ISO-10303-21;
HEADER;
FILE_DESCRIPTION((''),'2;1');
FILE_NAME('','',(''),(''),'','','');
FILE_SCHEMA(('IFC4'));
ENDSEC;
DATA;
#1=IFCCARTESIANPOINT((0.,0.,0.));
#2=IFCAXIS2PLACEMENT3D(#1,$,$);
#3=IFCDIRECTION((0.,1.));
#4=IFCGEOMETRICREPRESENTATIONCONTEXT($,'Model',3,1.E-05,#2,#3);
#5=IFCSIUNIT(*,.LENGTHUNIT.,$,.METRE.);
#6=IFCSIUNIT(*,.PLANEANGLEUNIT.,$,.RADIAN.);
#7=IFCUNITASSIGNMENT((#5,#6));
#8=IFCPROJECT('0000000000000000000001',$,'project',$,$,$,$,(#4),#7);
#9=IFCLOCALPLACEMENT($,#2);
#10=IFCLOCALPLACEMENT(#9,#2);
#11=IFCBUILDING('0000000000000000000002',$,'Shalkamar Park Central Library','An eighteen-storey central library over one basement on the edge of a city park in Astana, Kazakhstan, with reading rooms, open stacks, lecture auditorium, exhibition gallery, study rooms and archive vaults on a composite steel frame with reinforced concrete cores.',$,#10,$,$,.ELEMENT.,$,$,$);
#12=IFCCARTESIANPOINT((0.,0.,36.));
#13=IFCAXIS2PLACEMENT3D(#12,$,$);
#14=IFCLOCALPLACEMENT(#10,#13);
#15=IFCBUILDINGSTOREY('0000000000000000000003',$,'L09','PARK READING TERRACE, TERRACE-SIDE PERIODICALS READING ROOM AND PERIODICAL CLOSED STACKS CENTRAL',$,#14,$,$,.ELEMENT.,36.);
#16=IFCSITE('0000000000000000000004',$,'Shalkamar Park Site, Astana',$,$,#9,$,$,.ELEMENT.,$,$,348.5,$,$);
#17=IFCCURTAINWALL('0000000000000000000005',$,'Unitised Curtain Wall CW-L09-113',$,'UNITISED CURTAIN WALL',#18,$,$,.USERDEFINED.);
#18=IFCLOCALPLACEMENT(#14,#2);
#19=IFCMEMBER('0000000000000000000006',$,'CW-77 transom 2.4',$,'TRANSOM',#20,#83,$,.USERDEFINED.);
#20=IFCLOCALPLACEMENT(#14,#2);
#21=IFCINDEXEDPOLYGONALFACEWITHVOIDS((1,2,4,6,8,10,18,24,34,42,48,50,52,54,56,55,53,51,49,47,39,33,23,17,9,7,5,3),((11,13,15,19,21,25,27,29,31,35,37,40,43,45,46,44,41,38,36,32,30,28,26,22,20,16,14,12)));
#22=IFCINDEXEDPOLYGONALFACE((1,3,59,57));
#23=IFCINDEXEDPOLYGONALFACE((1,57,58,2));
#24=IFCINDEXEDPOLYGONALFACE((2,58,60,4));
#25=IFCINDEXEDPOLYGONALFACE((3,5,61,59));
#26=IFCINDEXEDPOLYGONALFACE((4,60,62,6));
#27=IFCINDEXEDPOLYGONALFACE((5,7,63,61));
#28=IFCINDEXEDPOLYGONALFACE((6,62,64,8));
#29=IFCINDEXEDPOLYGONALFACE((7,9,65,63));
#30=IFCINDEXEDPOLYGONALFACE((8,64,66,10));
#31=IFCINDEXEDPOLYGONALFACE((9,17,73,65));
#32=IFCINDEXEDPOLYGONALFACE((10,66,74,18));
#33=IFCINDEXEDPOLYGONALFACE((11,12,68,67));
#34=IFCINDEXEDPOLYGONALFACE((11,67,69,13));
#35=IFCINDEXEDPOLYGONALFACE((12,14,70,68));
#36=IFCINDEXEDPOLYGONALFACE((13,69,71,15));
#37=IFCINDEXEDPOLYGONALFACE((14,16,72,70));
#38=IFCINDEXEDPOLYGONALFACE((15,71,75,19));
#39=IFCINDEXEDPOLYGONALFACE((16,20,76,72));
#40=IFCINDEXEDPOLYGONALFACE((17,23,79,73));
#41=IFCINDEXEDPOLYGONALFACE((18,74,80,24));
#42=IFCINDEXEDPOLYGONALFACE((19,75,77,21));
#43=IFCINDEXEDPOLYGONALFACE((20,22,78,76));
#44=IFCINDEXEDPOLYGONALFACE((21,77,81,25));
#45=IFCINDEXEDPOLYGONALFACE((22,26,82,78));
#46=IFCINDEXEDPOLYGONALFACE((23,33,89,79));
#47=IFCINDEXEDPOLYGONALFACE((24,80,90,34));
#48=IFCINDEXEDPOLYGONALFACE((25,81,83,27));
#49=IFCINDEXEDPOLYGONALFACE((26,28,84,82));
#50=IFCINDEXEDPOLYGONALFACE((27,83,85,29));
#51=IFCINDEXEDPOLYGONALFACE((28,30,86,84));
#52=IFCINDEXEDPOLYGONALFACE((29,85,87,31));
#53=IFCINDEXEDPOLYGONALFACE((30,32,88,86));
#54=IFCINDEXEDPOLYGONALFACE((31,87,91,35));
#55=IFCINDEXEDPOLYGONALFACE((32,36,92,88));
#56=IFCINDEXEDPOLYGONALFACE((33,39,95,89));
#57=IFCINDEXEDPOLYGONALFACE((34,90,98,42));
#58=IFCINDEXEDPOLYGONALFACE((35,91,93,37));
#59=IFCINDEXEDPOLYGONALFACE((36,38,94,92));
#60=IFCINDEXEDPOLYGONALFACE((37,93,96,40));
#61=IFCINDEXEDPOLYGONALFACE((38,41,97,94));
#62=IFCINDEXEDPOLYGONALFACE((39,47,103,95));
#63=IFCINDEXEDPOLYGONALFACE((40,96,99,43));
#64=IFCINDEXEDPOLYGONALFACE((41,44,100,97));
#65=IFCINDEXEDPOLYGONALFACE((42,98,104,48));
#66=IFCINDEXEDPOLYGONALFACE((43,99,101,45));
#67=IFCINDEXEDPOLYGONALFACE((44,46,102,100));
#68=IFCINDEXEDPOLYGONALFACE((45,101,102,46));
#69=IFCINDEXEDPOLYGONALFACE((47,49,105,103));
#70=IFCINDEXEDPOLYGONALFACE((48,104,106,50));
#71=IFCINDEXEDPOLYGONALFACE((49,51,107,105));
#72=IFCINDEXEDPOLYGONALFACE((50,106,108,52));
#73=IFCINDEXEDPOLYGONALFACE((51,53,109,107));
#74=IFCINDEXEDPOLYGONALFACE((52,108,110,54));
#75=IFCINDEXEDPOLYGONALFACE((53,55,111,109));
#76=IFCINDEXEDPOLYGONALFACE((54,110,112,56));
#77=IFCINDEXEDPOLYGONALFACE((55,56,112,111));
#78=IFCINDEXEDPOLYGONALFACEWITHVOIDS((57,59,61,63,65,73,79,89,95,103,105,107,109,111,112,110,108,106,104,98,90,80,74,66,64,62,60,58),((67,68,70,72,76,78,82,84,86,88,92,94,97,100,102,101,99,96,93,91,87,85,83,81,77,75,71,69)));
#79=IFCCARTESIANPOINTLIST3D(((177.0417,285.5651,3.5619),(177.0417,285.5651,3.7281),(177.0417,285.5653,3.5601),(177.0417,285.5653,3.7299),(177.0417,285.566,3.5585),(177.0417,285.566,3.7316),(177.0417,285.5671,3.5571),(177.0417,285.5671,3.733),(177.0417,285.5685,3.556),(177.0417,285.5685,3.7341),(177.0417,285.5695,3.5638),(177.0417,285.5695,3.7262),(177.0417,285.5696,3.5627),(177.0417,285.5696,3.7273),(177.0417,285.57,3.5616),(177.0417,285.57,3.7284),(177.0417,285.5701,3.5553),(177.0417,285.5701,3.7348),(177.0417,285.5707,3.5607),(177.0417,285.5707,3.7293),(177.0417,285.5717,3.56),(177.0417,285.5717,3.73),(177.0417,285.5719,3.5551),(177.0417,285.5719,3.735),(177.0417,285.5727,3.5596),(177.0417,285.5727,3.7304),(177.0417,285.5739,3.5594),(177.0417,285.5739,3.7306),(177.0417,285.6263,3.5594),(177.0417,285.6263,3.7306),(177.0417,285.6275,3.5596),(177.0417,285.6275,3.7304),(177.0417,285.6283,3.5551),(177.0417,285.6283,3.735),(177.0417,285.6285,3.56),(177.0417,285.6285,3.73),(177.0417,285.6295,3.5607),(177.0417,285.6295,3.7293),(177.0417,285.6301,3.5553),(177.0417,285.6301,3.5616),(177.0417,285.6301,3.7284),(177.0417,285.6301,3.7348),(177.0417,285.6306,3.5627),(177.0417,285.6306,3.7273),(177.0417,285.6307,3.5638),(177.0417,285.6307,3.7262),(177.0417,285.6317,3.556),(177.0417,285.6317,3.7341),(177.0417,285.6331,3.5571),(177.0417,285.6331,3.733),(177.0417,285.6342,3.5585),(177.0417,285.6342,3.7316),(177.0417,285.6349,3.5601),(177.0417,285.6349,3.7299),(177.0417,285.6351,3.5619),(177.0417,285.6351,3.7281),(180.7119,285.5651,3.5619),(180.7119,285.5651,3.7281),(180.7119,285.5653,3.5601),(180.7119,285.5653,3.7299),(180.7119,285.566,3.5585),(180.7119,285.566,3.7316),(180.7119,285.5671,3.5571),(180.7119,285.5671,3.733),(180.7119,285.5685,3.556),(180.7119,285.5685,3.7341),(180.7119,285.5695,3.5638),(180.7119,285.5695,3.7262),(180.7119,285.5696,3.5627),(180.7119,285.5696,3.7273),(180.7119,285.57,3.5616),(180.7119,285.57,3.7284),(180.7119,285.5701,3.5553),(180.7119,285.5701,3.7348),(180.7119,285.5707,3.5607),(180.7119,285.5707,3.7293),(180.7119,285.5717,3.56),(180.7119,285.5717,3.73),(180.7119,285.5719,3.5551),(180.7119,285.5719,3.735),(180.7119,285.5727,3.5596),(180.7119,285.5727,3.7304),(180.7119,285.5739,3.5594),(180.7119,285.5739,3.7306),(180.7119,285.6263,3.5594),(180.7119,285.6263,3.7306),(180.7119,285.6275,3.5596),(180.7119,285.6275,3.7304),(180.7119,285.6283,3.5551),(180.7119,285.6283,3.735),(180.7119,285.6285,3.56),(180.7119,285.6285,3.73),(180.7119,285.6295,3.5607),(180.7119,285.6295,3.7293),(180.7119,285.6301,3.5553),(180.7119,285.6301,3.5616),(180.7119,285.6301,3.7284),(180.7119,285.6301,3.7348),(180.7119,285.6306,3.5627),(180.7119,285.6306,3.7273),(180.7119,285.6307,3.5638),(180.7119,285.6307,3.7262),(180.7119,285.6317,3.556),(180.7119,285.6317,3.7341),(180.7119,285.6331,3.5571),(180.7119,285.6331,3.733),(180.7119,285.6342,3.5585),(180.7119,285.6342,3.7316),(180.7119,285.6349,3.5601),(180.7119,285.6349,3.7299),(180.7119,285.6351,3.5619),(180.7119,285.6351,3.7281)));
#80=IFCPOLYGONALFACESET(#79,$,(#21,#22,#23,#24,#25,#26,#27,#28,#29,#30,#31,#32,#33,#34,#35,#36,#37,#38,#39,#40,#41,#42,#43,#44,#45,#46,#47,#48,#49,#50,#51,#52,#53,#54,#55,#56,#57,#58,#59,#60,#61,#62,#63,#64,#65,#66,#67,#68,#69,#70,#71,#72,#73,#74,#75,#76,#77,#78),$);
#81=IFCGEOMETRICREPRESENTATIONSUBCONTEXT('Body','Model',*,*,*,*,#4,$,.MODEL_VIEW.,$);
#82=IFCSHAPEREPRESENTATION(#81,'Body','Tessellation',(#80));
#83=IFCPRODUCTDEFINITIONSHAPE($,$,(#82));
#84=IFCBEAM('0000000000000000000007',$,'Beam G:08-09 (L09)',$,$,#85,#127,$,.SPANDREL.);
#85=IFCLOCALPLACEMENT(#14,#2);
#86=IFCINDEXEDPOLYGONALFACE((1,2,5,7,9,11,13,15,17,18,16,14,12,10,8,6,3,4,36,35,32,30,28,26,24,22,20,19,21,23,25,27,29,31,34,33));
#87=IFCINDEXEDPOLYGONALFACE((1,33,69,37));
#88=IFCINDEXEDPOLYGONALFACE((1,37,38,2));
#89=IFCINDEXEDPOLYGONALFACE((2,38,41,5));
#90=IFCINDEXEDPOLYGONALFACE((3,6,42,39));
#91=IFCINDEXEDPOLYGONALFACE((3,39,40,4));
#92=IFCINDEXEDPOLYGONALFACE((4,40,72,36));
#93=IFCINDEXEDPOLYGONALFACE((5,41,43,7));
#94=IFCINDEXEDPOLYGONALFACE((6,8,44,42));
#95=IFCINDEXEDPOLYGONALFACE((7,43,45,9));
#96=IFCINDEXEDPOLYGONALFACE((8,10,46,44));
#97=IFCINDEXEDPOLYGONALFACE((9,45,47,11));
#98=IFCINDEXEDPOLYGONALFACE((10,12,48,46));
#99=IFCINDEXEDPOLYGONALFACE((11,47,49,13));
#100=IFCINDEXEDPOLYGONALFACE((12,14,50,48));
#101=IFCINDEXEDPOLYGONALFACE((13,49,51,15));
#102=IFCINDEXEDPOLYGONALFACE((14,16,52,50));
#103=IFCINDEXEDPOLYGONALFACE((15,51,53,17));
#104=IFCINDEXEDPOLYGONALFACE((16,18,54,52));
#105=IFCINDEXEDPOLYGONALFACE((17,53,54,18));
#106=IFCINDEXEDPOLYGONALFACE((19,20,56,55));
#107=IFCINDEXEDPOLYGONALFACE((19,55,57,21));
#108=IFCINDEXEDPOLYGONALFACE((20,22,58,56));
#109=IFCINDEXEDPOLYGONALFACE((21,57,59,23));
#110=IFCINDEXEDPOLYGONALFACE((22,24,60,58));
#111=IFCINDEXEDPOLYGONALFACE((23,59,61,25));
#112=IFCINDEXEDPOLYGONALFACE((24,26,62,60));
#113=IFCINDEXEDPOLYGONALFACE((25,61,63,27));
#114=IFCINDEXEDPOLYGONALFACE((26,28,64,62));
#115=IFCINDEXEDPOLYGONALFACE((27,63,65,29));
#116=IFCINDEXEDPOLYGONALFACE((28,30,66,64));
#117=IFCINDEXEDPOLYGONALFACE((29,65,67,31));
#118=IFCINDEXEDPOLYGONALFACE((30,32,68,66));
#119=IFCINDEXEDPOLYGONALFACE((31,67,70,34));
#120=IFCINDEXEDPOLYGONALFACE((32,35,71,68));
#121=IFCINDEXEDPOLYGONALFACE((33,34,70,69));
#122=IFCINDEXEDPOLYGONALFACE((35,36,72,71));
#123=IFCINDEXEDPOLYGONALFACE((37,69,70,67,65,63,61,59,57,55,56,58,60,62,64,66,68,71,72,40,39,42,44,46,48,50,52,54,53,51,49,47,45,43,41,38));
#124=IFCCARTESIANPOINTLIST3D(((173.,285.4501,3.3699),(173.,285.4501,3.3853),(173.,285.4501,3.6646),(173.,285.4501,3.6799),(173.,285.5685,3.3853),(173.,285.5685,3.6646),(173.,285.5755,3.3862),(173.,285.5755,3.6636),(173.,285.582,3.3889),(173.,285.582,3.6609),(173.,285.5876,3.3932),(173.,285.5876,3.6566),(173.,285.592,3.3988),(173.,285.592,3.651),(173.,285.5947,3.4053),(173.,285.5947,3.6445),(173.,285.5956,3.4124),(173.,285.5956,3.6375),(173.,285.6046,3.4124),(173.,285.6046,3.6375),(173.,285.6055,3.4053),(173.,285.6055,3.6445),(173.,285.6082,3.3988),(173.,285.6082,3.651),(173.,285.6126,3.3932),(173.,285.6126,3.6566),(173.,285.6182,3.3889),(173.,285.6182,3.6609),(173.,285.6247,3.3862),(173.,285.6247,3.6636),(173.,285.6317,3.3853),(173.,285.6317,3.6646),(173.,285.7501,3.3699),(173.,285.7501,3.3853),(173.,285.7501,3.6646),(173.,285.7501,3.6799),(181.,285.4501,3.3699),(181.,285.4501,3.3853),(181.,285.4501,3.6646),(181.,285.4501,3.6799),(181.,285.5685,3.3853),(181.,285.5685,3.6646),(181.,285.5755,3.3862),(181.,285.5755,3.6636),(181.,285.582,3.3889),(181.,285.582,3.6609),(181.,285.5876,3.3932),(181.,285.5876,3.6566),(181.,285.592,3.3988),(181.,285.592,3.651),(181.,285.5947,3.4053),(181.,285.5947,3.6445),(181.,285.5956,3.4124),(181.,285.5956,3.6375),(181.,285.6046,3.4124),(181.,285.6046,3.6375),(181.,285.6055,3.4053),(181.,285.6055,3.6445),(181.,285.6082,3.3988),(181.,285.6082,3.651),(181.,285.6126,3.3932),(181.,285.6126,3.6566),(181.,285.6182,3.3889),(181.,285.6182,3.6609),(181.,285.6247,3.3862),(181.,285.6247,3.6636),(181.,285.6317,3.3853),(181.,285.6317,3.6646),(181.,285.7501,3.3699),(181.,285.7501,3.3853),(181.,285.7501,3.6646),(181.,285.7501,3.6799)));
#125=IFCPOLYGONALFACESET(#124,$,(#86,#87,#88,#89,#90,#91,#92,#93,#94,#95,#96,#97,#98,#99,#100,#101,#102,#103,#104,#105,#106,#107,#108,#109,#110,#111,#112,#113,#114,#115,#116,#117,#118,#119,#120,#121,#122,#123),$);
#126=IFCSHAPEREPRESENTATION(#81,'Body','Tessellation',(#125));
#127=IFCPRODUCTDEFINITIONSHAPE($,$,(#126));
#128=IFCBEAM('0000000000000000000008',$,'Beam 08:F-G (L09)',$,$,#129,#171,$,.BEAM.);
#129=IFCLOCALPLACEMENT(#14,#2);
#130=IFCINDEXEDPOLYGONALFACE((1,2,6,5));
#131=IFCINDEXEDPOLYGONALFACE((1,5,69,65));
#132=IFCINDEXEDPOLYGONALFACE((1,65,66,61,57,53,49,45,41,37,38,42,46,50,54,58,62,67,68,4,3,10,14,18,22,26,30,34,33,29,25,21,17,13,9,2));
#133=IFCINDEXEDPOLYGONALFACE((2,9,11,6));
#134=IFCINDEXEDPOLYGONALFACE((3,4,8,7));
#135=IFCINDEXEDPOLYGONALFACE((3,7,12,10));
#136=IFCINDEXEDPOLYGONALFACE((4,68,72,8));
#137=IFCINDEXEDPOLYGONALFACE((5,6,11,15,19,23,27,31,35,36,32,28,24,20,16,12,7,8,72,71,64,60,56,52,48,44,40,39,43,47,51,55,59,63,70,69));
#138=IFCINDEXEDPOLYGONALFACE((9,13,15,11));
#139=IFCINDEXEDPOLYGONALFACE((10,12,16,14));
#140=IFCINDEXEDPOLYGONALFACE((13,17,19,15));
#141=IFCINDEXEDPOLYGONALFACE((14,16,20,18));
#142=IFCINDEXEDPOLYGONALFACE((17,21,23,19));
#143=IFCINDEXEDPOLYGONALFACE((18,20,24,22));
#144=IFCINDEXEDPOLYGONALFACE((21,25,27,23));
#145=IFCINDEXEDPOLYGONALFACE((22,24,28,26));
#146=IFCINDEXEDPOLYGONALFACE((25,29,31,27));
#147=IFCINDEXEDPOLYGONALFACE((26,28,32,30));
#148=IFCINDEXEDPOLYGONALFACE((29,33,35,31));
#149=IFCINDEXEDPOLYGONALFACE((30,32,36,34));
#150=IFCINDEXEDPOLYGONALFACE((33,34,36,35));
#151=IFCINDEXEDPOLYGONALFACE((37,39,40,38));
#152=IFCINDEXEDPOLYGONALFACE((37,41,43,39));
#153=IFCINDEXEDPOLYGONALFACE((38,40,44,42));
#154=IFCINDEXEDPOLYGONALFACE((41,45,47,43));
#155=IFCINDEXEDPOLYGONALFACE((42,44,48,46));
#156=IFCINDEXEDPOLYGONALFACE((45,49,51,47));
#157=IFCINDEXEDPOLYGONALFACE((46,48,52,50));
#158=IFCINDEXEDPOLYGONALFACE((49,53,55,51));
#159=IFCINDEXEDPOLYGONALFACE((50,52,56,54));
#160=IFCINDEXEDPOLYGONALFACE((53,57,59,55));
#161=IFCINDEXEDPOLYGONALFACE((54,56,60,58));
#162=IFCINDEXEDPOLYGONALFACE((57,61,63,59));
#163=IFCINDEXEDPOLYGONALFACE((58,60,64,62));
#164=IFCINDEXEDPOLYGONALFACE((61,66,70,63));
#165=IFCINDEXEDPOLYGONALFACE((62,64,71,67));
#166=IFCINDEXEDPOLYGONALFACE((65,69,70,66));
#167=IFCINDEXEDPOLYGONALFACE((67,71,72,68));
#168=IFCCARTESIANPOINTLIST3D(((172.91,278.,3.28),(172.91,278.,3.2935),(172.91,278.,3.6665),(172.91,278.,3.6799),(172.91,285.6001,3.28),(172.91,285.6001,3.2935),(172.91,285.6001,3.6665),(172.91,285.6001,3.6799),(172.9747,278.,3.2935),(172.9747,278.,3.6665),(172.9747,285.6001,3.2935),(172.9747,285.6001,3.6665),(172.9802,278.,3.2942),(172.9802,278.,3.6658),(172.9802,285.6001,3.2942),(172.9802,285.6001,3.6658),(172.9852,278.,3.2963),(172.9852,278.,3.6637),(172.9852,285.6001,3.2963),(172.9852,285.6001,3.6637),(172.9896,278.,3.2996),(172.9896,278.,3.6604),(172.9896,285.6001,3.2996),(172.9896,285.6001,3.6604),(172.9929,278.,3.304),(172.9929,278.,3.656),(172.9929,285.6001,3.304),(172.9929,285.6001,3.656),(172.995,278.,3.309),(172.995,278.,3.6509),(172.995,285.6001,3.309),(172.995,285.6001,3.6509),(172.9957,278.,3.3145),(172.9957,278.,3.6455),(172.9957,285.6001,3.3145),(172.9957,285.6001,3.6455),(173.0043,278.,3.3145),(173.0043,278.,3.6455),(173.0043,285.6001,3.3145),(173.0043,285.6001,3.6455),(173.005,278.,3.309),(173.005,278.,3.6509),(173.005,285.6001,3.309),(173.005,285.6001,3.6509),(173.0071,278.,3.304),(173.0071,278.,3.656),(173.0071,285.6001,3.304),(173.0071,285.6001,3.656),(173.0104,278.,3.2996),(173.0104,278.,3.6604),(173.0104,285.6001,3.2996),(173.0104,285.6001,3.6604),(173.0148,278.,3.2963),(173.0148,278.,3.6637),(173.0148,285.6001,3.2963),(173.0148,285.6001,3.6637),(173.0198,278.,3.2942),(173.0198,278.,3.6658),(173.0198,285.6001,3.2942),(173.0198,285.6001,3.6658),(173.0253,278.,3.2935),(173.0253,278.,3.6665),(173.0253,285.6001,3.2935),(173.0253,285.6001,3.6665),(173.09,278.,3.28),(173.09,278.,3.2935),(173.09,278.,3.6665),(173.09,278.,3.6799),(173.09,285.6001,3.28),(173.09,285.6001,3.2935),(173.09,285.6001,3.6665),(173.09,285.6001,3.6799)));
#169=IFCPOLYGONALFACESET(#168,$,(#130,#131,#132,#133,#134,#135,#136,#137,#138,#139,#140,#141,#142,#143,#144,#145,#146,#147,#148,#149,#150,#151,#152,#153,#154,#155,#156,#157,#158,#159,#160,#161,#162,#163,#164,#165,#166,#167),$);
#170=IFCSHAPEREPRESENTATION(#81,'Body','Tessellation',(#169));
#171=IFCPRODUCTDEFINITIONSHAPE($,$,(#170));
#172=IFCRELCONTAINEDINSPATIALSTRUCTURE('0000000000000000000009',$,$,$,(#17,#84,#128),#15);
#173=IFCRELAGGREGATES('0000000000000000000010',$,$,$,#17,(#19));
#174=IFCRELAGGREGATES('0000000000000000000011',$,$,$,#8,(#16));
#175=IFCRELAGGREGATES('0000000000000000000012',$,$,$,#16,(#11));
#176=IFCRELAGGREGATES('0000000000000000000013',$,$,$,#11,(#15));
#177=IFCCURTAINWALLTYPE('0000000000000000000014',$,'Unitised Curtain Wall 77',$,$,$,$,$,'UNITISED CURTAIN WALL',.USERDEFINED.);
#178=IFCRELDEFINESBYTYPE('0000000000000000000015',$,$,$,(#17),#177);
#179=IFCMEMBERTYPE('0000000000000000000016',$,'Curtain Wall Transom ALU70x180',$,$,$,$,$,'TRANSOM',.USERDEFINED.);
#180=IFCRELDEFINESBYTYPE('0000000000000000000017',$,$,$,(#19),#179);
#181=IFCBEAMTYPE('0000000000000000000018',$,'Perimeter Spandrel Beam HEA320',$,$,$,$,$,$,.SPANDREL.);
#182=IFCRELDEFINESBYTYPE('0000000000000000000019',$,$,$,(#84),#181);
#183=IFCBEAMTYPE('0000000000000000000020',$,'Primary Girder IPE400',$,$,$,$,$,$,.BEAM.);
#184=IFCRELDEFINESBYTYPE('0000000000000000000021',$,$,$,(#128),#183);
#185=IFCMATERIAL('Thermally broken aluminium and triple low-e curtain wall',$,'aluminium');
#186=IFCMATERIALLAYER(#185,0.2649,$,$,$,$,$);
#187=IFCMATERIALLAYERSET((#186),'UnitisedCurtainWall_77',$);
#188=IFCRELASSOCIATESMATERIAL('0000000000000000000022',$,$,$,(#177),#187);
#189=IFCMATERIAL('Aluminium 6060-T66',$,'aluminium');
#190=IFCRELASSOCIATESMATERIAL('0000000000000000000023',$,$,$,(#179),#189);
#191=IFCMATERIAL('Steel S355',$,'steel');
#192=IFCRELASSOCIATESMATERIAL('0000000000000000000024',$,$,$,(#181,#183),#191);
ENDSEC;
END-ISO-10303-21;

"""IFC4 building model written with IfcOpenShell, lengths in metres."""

from ifc_helpers import new_model, si_unit, direction, frame, origin, origin_2d, place, context, subcontext, project, spatial, hollow_rectangle, i_section, extrude, material, layer, layer_set, material_profile, profile_set, type_object, element, aggregate, save


model = new_model("IFC4")

# Units and contexts
model_context = context("Model", 3, precision=1e-05, world=origin(), true_north=direction((0.0, 1.0)))
body_context = subcontext(model_context, "Body", "Model", "MODEL_VIEW")
ifc_project = project(units=[si_unit("LENGTHUNIT", "METRE"), si_unit("PLANEANGLEUNIT", "RADIAN")], contexts=[model_context])

# Site, building, storey
site_placement = place(None, origin())
site = spatial("IfcSite", under=ifc_project, at=site_placement, Name="Shalkamar Park Site, Astana", CompositionType="ELEMENT", RefElevation=348.5)
building_placement = place(site_placement, origin())
building = spatial("IfcBuilding", under=site, at=building_placement, Name="Shalkamar Park Central Library", Description="An eighteen-storey central library over one basement on the edge of a city park in Astana, Kazakhstan, with reading rooms, open stacks, lecture auditorium, exhibition gallery, study rooms and archive vaults on a composite steel frame with reinforced concrete cores.", CompositionType="ELEMENT")
storey_placement = place(building_placement, frame((0.0, 0.0, 36.0)))
storey = spatial("IfcBuildingStorey", under=building, at=storey_placement, Name="L09", Description="PARK READING TERRACE, TERRACE-SIDE PERIODICALS READING ROOM AND PERIODICAL CLOSED STACKS CENTRAL", CompositionType="ELEMENT", Elevation=36.0)

# Shared definitions
ifc_material_1 = material(Name="Steel S355", Category="steel")

# Curtain wall, member
ifc_material_2 = material(Name="Thermally broken aluminium and triple low-e curtain wall", Category="aluminium")
ifc_layer_1 = layer(ifc_material_2, 0.2649)
ifc_layer_set_1 = layer_set([ifc_layer_1], Name="UnitisedCurtainWall_77")
curtain_wall_type = type_object("IfcCurtainWallType", Name="Unitised Curtain Wall 77", ElementType="UNITISED CURTAIN WALL", PredefinedType="USERDEFINED", material=ifc_layer_set_1)
curtain_wall_placement = place(storey_placement, origin())
curtain_wall = element("IfcCurtainWall", 1, at=curtain_wall_placement, inside=storey, type_object=curtain_wall_type, Name="Unitised Curtain Wall CW-L09-113", ObjectType="UNITISED CURTAIN WALL", PredefinedType="USERDEFINED")
ifc_material_3 = material(Name="Aluminium 6060-T66", Category="aluminium")
ifc_material_profile_1 = material_profile(ifc_material_3, hollow_rectangle(XDim=0.0701, YDim=0.1799, WallThickness=0.0044, InnerFilletRadius=0.0044, OuterFilletRadius=0.0068, at=origin_2d()), Name="ALU 70x180x4.5")
ifc_profile_set_1 = profile_set([ifc_material_profile_1], Name="Aluminium 6060-T66")
member_type_1 = type_object("IfcMemberType", Name="Curtain Wall Transom ALU70x180", ElementType="TRANSOM", PredefinedType="USERDEFINED", material=ifc_profile_set_1)
member_1_placement = place(storey_placement, frame((177.0417, 285.6001, 3.645), z_axis=(1.0, 0.0, 0.0), x_axis=(0.0, 1.0, 0.0)))
member_1 = element("IfcMember", 2, at=member_1_placement, type_object=member_type_1, Name="CW-77 transom 2.4", ObjectType="TRANSOM", PredefinedType="USERDEFINED", context=body_context, shape_type="SweptSolid", body=[
    extrude(hollow_rectangle(XDim=0.0701, YDim=0.1799, WallThickness=0.0044, InnerFilletRadius=0.0044, OuterFilletRadius=0.0068, at=origin_2d()), origin(), (0.0, 0.0, 1.0), 3.6702),
])

# Beams
ifc_material_profile_2 = material_profile(ifc_material_1, i_section(OverallWidth=0.3, OverallDepth=0.3101, WebThickness=0.009, FlangeThickness=0.0154, FilletRadius=0.0271, at=origin_2d()), Name="HEA 320")
ifc_profile_set_2 = profile_set([ifc_material_profile_2], Name="Steel S355")
beam_type_1 = type_object("IfcBeamType", Name="Perimeter Spandrel Beam HEA320", PredefinedType="SPANDREL", material=ifc_profile_set_2)
beam_1_placement = place(storey_placement, frame((173.0, 285.6001, 3.5249), z_axis=(1.0, 0.0, 0.0), x_axis=(0.0, 1.0, 0.0)))
element("IfcBeam", 3, at=beam_1_placement, inside=storey, type_object=beam_type_1, Name="Beam G:08-09 (L09)", PredefinedType="SPANDREL", context=body_context, shape_type="SweptSolid", body=[
    extrude(i_section(OverallWidth=0.3, OverallDepth=0.3101, WebThickness=0.009, FlangeThickness=0.0154, FilletRadius=0.0271, at=origin_2d()), origin(), (0.0, 0.0, 1.0), 8.0),
])
ifc_material_profile_3 = material_profile(ifc_material_1, i_section(OverallWidth=0.1799, OverallDepth=0.3999, WebThickness=0.0085, FlangeThickness=0.0134, FilletRadius=0.021, at=origin_2d()), Name="IPE 400")
ifc_profile_set_3 = profile_set([ifc_material_profile_3], Name="Steel S355")
beam_type_2 = type_object("IfcBeamType", Name="Primary Girder IPE400", PredefinedType="BEAM", material=ifc_profile_set_3)
for number, where, z_axis, x_axis, name in (
    (4, (173.0, 278.0, 3.48), (0.0, 1.0, 0.0), (-1.0, 0.0, 0.0), "Beam 08:F-G (L09)"),
):
    element("IfcBeam", number, at=place(storey_placement, frame(where, z_axis=z_axis, x_axis=x_axis)), inside=storey, type_object=beam_type_2, Name=name, PredefinedType="BEAM", context=body_context, shape_type="SweptSolid", body=[
        extrude(i_section(OverallWidth=0.1799, OverallDepth=0.3999, WebThickness=0.0085, FlangeThickness=0.0134, FilletRadius=0.021, at=origin_2d()), origin(), (0.0, 0.0, 1.0), 7.6001),
    ])

aggregate(curtain_wall, [member_1])

save(model, "model.ifc")
